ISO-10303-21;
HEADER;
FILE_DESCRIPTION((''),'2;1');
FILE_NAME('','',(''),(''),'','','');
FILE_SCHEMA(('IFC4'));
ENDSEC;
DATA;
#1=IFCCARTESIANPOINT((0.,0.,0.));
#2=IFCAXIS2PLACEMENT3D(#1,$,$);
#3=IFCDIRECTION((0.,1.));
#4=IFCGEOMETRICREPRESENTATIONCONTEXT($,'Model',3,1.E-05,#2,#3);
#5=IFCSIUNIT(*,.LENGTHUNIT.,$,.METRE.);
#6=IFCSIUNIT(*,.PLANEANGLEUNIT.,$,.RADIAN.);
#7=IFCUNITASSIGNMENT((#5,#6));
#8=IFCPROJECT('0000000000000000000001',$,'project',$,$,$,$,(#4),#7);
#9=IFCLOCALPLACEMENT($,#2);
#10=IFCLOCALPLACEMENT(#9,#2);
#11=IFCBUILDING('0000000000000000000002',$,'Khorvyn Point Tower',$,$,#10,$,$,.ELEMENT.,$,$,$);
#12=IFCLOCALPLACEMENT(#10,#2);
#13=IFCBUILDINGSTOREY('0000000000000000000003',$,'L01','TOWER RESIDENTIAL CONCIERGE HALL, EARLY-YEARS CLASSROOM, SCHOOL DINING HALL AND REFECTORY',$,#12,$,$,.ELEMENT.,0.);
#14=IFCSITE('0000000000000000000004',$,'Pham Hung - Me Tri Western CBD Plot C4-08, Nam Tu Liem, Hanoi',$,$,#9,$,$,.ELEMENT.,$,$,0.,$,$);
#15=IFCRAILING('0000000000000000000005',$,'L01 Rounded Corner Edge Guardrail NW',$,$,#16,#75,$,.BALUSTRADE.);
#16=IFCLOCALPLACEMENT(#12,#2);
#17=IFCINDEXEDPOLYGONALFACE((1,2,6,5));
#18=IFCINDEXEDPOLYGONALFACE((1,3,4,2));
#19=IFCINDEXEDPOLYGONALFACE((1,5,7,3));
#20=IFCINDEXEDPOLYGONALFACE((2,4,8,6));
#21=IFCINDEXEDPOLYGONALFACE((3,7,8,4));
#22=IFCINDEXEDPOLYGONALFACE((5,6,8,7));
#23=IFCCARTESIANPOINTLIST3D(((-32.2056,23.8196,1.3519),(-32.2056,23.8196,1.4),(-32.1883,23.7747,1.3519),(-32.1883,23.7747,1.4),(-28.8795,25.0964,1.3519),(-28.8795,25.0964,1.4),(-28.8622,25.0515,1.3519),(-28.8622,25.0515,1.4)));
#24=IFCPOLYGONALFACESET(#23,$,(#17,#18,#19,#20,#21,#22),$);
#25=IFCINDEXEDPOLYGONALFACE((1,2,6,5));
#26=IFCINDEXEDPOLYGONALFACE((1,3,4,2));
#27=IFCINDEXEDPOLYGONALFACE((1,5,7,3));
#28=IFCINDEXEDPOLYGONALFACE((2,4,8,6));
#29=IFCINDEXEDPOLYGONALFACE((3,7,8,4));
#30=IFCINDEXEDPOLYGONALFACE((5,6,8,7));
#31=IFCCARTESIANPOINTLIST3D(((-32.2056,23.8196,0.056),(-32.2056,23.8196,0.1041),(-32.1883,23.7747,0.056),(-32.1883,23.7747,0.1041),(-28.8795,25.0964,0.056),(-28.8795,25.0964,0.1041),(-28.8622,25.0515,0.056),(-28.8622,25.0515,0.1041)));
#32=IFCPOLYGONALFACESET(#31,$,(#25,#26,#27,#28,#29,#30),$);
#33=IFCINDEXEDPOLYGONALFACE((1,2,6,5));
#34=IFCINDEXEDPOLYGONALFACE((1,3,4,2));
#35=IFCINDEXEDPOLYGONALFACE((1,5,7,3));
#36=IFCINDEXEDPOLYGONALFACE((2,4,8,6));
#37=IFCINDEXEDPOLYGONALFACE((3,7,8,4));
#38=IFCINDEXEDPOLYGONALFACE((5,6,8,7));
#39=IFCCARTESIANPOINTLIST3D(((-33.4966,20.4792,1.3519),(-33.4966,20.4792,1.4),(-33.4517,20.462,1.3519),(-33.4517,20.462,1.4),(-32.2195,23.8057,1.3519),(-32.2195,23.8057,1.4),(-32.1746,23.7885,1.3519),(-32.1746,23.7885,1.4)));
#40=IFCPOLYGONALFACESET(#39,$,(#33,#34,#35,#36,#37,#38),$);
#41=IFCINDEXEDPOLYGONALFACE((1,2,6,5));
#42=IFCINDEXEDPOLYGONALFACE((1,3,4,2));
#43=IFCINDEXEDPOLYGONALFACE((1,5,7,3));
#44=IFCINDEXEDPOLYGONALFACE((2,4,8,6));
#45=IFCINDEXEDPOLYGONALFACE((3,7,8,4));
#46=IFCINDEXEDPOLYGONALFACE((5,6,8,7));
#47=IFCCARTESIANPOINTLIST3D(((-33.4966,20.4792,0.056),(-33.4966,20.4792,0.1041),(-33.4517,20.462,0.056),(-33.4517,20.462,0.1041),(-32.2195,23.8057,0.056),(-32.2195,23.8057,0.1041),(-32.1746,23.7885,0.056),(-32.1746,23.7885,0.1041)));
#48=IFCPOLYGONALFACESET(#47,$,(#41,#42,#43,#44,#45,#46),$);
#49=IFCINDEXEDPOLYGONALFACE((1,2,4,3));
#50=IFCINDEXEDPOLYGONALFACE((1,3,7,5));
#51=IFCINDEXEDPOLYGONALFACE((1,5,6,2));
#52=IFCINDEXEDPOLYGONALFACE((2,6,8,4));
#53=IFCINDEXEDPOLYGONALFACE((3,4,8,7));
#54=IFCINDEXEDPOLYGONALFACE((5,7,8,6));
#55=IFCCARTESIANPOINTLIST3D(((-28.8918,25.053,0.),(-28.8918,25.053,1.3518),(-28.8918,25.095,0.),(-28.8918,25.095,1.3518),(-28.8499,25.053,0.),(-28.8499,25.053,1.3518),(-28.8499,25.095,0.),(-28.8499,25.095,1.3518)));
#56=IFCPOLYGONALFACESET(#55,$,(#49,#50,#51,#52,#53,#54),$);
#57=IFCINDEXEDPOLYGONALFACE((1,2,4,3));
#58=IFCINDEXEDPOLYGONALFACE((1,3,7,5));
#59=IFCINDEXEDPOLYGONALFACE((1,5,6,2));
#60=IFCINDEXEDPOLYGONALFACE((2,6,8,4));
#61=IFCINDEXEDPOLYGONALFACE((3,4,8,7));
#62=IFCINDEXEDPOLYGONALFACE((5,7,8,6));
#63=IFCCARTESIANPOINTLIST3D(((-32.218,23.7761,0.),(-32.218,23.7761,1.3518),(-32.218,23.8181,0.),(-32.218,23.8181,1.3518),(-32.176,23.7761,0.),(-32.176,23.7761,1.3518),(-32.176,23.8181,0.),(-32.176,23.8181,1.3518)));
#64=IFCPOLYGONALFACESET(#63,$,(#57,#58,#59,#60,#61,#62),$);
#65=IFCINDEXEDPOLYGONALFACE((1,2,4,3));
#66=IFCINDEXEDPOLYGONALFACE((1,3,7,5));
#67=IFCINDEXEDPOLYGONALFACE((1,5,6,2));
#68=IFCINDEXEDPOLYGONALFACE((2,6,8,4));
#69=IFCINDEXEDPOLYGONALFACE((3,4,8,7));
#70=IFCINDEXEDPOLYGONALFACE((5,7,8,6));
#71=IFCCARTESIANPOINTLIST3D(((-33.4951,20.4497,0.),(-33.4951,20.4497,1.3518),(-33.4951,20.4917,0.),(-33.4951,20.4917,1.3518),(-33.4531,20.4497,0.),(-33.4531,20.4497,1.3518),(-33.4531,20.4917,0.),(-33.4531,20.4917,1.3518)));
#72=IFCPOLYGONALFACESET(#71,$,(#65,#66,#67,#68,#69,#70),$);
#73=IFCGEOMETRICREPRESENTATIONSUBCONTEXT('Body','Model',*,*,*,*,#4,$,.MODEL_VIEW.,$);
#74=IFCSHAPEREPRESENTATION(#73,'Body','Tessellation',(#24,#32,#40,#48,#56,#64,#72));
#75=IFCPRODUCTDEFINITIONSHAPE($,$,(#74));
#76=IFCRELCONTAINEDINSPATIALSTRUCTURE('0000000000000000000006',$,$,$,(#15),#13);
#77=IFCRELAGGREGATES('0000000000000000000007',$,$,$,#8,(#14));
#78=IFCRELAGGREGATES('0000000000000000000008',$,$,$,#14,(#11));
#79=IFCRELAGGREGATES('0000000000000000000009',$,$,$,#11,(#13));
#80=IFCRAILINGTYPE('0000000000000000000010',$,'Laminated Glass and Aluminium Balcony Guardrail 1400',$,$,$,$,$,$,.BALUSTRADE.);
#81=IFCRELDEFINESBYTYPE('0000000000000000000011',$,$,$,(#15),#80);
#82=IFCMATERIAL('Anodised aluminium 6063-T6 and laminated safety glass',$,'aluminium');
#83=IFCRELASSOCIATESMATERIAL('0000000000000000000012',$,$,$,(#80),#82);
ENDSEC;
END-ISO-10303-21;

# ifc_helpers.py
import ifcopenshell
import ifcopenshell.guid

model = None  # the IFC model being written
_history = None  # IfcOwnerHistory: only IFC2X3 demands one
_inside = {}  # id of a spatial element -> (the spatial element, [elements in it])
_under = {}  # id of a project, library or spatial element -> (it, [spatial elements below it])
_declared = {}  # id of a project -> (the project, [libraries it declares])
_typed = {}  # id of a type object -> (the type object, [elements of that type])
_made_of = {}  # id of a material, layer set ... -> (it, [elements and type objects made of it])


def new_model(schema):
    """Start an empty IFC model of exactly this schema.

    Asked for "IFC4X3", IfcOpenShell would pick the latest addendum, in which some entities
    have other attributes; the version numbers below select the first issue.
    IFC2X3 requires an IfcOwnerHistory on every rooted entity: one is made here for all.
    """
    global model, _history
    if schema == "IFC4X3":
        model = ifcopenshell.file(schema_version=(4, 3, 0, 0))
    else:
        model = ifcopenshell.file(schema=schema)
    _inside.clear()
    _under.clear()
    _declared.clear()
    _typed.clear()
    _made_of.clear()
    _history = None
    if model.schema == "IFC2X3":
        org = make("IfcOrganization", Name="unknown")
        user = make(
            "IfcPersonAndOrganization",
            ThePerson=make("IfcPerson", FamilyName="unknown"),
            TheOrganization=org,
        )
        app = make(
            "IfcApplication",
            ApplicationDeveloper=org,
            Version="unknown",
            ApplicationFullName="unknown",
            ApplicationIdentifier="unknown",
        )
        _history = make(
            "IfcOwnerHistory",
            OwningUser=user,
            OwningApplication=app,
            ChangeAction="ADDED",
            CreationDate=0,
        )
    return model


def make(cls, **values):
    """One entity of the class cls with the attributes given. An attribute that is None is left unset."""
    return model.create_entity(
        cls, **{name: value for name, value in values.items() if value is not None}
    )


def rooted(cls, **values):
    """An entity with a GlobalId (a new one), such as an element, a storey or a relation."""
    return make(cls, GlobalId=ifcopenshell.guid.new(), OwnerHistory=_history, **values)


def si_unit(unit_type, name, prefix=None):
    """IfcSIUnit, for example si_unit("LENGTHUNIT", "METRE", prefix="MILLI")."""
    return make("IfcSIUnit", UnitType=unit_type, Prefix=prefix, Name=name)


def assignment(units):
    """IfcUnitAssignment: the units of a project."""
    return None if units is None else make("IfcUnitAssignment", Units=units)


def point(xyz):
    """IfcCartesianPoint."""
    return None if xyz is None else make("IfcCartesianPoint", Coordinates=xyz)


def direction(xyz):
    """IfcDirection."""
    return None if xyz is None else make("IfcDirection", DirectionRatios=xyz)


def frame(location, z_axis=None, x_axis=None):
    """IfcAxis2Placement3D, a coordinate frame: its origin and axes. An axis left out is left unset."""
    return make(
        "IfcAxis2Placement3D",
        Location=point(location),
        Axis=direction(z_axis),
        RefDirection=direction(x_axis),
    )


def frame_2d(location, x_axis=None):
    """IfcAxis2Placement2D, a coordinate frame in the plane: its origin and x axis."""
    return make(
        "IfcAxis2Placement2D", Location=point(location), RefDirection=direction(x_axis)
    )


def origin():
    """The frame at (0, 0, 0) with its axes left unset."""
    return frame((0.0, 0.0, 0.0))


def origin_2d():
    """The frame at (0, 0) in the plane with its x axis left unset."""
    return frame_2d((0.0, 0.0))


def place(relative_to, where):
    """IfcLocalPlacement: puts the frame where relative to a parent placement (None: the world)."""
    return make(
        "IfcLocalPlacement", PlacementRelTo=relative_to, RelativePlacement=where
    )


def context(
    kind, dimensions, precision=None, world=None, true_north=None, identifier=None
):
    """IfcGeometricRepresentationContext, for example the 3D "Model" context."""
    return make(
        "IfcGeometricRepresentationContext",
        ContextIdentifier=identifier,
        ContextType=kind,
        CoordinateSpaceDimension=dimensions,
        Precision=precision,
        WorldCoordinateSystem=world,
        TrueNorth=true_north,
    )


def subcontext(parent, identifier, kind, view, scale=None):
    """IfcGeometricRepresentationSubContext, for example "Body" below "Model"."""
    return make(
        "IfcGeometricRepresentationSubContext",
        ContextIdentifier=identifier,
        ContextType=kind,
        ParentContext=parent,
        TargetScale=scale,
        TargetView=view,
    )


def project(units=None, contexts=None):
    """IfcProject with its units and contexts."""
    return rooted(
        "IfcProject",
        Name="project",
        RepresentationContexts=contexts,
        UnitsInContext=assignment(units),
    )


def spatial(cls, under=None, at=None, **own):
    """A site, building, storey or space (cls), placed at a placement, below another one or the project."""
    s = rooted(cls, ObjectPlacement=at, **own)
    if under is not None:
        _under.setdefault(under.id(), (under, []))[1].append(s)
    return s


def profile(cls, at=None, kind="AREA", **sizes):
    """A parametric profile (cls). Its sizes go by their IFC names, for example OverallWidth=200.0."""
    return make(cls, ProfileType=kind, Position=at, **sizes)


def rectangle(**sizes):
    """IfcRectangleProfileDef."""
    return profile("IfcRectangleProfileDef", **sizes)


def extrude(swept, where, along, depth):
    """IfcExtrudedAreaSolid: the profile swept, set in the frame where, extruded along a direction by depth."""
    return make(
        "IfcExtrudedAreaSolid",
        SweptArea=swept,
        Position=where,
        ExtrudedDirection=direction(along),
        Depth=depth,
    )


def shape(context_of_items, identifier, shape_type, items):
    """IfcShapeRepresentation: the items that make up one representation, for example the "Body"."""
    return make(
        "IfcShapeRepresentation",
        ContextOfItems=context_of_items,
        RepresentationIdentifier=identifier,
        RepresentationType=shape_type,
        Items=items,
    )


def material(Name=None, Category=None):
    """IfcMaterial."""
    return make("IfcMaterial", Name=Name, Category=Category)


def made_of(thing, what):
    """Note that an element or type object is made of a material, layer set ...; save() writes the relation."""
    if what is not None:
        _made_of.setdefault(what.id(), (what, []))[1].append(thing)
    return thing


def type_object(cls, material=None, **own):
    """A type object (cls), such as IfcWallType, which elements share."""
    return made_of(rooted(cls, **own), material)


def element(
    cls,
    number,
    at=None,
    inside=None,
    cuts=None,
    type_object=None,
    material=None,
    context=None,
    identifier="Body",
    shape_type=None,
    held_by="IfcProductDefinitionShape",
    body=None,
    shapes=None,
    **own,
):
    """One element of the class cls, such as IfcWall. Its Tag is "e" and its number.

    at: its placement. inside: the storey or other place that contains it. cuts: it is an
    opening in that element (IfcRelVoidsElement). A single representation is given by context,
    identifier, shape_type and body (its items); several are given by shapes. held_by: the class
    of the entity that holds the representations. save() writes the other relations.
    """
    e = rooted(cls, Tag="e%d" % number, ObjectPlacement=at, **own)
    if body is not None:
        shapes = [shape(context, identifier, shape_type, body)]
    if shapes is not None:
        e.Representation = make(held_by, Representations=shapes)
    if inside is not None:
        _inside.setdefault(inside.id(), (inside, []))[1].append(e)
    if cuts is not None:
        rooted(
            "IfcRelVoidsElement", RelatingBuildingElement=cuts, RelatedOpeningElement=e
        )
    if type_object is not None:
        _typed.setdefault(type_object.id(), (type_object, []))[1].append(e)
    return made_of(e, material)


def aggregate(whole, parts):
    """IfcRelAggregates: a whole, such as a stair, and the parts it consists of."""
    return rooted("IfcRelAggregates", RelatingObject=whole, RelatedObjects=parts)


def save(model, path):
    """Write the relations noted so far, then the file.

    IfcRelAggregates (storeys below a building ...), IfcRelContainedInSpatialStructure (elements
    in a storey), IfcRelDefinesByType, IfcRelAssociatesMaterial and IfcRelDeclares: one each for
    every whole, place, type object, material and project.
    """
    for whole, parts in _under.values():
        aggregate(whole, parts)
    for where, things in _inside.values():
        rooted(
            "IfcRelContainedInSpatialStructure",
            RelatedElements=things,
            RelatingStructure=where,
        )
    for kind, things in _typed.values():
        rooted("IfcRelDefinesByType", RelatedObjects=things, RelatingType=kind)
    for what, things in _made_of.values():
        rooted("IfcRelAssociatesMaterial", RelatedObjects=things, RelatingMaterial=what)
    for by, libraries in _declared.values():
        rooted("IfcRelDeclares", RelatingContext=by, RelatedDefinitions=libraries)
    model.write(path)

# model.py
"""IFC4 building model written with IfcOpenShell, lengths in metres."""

from ifc_helpers import new_model, si_unit, direction, frame, origin, origin_2d, place, context, subcontext, project, spatial, rectangle, extrude, material, type_object, element, save


model = new_model("IFC4")

# Units and contexts
model_context = context("Model", 3, precision=1e-05, world=origin(), true_north=direction((0.0, 1.0)))
body_context = subcontext(model_context, "Body", "Model", "MODEL_VIEW")
ifc_project = project(units=[si_unit("LENGTHUNIT", "METRE"), si_unit("PLANEANGLEUNIT", "RADIAN")], contexts=[model_context])

# Site, building, storey
site_placement = place(None, origin())
site = spatial("IfcSite", under=ifc_project, at=site_placement, Name="Pham Hung - Me Tri Western CBD Plot C4-08, Nam Tu Liem, Hanoi", CompositionType="ELEMENT", RefElevation=0.0)
building_placement = place(site_placement, origin())
building = spatial("IfcBuilding", under=site, at=building_placement, Name="Khorvyn Point Tower", CompositionType="ELEMENT")
storey_placement = place(building_placement, origin())
storey = spatial("IfcBuildingStorey", under=building, at=storey_placement, Name="L01", Description="TOWER RESIDENTIAL CONCIERGE HALL, EARLY-YEARS CLASSROOM, SCHOOL DINING HALL AND REFECTORY", CompositionType="ELEMENT", Elevation=0.0)

# Railing
ifc_material_1 = material(Name="Anodised aluminium 6063-T6 and laminated safety glass", Category="aluminium")
railing_type = type_object("IfcRailingType", Name="Laminated Glass and Aluminium Balcony Guardrail 1400", PredefinedType="BALUSTRADE", material=ifc_material_1)
railing_placement = place(storey_placement, frame((-28.8708, 25.074, 0.0)))
element("IfcRailing", 1, at=railing_placement, inside=storey, type_object=railing_type, Name="L01 Rounded Corner Edge Guardrail NW", PredefinedType="BALUSTRADE", context=body_context, shape_type="SweptSolid", body=[
    extrude(rectangle(XDim=0.0481, YDim=0.0481, at=origin_2d()), frame((0.0, 0.0, 1.376), z_axis=(-0.933575, -0.358382, 0.0), x_axis=(0.358382, -0.933575, 0.0)), (0.0, 0.0, 1.0), 3.5627),
    extrude(rectangle(XDim=0.0481, YDim=0.0481, at=origin_2d()), frame((0.0, 0.0, 0.0801), z_axis=(-0.933575, -0.358382, 0.0), x_axis=(0.358382, -0.933575, 0.0)), (0.0, 0.0, 1.0), 3.5627),
    extrude(rectangle(XDim=0.0481, YDim=0.0481, at=origin_2d()), frame((-3.3262, -1.2769, 1.376), z_axis=(-0.358419, -0.933561, 0.0), x_axis=(0.933561, -0.358419, 0.0)), (0.0, 0.0, 1.0), 3.5632),
    extrude(rectangle(XDim=0.0481, YDim=0.0481, at=origin_2d()), frame((-3.3262, -1.2769, 0.0801), z_axis=(-0.358419, -0.933561, 0.0), x_axis=(0.933561, -0.358419, 0.0)), (0.0, 0.0, 1.0), 3.5632),
    extrude(rectangle(XDim=0.042, YDim=0.042, at=origin_2d()), origin(), (0.0, 0.0, 1.0), 1.3518),
    extrude(rectangle(XDim=0.042, YDim=0.042, at=origin_2d()), frame((-3.3262, -1.2769, 0.0)), (0.0, 0.0, 1.0), 1.3518),
    extrude(rectangle(XDim=0.042, YDim=0.042, at=origin_2d()), frame((-4.6033, -4.6033, 0.0)), (0.0, 0.0, 1.0), 1.3518),
])

save(model, "model.ifc")
